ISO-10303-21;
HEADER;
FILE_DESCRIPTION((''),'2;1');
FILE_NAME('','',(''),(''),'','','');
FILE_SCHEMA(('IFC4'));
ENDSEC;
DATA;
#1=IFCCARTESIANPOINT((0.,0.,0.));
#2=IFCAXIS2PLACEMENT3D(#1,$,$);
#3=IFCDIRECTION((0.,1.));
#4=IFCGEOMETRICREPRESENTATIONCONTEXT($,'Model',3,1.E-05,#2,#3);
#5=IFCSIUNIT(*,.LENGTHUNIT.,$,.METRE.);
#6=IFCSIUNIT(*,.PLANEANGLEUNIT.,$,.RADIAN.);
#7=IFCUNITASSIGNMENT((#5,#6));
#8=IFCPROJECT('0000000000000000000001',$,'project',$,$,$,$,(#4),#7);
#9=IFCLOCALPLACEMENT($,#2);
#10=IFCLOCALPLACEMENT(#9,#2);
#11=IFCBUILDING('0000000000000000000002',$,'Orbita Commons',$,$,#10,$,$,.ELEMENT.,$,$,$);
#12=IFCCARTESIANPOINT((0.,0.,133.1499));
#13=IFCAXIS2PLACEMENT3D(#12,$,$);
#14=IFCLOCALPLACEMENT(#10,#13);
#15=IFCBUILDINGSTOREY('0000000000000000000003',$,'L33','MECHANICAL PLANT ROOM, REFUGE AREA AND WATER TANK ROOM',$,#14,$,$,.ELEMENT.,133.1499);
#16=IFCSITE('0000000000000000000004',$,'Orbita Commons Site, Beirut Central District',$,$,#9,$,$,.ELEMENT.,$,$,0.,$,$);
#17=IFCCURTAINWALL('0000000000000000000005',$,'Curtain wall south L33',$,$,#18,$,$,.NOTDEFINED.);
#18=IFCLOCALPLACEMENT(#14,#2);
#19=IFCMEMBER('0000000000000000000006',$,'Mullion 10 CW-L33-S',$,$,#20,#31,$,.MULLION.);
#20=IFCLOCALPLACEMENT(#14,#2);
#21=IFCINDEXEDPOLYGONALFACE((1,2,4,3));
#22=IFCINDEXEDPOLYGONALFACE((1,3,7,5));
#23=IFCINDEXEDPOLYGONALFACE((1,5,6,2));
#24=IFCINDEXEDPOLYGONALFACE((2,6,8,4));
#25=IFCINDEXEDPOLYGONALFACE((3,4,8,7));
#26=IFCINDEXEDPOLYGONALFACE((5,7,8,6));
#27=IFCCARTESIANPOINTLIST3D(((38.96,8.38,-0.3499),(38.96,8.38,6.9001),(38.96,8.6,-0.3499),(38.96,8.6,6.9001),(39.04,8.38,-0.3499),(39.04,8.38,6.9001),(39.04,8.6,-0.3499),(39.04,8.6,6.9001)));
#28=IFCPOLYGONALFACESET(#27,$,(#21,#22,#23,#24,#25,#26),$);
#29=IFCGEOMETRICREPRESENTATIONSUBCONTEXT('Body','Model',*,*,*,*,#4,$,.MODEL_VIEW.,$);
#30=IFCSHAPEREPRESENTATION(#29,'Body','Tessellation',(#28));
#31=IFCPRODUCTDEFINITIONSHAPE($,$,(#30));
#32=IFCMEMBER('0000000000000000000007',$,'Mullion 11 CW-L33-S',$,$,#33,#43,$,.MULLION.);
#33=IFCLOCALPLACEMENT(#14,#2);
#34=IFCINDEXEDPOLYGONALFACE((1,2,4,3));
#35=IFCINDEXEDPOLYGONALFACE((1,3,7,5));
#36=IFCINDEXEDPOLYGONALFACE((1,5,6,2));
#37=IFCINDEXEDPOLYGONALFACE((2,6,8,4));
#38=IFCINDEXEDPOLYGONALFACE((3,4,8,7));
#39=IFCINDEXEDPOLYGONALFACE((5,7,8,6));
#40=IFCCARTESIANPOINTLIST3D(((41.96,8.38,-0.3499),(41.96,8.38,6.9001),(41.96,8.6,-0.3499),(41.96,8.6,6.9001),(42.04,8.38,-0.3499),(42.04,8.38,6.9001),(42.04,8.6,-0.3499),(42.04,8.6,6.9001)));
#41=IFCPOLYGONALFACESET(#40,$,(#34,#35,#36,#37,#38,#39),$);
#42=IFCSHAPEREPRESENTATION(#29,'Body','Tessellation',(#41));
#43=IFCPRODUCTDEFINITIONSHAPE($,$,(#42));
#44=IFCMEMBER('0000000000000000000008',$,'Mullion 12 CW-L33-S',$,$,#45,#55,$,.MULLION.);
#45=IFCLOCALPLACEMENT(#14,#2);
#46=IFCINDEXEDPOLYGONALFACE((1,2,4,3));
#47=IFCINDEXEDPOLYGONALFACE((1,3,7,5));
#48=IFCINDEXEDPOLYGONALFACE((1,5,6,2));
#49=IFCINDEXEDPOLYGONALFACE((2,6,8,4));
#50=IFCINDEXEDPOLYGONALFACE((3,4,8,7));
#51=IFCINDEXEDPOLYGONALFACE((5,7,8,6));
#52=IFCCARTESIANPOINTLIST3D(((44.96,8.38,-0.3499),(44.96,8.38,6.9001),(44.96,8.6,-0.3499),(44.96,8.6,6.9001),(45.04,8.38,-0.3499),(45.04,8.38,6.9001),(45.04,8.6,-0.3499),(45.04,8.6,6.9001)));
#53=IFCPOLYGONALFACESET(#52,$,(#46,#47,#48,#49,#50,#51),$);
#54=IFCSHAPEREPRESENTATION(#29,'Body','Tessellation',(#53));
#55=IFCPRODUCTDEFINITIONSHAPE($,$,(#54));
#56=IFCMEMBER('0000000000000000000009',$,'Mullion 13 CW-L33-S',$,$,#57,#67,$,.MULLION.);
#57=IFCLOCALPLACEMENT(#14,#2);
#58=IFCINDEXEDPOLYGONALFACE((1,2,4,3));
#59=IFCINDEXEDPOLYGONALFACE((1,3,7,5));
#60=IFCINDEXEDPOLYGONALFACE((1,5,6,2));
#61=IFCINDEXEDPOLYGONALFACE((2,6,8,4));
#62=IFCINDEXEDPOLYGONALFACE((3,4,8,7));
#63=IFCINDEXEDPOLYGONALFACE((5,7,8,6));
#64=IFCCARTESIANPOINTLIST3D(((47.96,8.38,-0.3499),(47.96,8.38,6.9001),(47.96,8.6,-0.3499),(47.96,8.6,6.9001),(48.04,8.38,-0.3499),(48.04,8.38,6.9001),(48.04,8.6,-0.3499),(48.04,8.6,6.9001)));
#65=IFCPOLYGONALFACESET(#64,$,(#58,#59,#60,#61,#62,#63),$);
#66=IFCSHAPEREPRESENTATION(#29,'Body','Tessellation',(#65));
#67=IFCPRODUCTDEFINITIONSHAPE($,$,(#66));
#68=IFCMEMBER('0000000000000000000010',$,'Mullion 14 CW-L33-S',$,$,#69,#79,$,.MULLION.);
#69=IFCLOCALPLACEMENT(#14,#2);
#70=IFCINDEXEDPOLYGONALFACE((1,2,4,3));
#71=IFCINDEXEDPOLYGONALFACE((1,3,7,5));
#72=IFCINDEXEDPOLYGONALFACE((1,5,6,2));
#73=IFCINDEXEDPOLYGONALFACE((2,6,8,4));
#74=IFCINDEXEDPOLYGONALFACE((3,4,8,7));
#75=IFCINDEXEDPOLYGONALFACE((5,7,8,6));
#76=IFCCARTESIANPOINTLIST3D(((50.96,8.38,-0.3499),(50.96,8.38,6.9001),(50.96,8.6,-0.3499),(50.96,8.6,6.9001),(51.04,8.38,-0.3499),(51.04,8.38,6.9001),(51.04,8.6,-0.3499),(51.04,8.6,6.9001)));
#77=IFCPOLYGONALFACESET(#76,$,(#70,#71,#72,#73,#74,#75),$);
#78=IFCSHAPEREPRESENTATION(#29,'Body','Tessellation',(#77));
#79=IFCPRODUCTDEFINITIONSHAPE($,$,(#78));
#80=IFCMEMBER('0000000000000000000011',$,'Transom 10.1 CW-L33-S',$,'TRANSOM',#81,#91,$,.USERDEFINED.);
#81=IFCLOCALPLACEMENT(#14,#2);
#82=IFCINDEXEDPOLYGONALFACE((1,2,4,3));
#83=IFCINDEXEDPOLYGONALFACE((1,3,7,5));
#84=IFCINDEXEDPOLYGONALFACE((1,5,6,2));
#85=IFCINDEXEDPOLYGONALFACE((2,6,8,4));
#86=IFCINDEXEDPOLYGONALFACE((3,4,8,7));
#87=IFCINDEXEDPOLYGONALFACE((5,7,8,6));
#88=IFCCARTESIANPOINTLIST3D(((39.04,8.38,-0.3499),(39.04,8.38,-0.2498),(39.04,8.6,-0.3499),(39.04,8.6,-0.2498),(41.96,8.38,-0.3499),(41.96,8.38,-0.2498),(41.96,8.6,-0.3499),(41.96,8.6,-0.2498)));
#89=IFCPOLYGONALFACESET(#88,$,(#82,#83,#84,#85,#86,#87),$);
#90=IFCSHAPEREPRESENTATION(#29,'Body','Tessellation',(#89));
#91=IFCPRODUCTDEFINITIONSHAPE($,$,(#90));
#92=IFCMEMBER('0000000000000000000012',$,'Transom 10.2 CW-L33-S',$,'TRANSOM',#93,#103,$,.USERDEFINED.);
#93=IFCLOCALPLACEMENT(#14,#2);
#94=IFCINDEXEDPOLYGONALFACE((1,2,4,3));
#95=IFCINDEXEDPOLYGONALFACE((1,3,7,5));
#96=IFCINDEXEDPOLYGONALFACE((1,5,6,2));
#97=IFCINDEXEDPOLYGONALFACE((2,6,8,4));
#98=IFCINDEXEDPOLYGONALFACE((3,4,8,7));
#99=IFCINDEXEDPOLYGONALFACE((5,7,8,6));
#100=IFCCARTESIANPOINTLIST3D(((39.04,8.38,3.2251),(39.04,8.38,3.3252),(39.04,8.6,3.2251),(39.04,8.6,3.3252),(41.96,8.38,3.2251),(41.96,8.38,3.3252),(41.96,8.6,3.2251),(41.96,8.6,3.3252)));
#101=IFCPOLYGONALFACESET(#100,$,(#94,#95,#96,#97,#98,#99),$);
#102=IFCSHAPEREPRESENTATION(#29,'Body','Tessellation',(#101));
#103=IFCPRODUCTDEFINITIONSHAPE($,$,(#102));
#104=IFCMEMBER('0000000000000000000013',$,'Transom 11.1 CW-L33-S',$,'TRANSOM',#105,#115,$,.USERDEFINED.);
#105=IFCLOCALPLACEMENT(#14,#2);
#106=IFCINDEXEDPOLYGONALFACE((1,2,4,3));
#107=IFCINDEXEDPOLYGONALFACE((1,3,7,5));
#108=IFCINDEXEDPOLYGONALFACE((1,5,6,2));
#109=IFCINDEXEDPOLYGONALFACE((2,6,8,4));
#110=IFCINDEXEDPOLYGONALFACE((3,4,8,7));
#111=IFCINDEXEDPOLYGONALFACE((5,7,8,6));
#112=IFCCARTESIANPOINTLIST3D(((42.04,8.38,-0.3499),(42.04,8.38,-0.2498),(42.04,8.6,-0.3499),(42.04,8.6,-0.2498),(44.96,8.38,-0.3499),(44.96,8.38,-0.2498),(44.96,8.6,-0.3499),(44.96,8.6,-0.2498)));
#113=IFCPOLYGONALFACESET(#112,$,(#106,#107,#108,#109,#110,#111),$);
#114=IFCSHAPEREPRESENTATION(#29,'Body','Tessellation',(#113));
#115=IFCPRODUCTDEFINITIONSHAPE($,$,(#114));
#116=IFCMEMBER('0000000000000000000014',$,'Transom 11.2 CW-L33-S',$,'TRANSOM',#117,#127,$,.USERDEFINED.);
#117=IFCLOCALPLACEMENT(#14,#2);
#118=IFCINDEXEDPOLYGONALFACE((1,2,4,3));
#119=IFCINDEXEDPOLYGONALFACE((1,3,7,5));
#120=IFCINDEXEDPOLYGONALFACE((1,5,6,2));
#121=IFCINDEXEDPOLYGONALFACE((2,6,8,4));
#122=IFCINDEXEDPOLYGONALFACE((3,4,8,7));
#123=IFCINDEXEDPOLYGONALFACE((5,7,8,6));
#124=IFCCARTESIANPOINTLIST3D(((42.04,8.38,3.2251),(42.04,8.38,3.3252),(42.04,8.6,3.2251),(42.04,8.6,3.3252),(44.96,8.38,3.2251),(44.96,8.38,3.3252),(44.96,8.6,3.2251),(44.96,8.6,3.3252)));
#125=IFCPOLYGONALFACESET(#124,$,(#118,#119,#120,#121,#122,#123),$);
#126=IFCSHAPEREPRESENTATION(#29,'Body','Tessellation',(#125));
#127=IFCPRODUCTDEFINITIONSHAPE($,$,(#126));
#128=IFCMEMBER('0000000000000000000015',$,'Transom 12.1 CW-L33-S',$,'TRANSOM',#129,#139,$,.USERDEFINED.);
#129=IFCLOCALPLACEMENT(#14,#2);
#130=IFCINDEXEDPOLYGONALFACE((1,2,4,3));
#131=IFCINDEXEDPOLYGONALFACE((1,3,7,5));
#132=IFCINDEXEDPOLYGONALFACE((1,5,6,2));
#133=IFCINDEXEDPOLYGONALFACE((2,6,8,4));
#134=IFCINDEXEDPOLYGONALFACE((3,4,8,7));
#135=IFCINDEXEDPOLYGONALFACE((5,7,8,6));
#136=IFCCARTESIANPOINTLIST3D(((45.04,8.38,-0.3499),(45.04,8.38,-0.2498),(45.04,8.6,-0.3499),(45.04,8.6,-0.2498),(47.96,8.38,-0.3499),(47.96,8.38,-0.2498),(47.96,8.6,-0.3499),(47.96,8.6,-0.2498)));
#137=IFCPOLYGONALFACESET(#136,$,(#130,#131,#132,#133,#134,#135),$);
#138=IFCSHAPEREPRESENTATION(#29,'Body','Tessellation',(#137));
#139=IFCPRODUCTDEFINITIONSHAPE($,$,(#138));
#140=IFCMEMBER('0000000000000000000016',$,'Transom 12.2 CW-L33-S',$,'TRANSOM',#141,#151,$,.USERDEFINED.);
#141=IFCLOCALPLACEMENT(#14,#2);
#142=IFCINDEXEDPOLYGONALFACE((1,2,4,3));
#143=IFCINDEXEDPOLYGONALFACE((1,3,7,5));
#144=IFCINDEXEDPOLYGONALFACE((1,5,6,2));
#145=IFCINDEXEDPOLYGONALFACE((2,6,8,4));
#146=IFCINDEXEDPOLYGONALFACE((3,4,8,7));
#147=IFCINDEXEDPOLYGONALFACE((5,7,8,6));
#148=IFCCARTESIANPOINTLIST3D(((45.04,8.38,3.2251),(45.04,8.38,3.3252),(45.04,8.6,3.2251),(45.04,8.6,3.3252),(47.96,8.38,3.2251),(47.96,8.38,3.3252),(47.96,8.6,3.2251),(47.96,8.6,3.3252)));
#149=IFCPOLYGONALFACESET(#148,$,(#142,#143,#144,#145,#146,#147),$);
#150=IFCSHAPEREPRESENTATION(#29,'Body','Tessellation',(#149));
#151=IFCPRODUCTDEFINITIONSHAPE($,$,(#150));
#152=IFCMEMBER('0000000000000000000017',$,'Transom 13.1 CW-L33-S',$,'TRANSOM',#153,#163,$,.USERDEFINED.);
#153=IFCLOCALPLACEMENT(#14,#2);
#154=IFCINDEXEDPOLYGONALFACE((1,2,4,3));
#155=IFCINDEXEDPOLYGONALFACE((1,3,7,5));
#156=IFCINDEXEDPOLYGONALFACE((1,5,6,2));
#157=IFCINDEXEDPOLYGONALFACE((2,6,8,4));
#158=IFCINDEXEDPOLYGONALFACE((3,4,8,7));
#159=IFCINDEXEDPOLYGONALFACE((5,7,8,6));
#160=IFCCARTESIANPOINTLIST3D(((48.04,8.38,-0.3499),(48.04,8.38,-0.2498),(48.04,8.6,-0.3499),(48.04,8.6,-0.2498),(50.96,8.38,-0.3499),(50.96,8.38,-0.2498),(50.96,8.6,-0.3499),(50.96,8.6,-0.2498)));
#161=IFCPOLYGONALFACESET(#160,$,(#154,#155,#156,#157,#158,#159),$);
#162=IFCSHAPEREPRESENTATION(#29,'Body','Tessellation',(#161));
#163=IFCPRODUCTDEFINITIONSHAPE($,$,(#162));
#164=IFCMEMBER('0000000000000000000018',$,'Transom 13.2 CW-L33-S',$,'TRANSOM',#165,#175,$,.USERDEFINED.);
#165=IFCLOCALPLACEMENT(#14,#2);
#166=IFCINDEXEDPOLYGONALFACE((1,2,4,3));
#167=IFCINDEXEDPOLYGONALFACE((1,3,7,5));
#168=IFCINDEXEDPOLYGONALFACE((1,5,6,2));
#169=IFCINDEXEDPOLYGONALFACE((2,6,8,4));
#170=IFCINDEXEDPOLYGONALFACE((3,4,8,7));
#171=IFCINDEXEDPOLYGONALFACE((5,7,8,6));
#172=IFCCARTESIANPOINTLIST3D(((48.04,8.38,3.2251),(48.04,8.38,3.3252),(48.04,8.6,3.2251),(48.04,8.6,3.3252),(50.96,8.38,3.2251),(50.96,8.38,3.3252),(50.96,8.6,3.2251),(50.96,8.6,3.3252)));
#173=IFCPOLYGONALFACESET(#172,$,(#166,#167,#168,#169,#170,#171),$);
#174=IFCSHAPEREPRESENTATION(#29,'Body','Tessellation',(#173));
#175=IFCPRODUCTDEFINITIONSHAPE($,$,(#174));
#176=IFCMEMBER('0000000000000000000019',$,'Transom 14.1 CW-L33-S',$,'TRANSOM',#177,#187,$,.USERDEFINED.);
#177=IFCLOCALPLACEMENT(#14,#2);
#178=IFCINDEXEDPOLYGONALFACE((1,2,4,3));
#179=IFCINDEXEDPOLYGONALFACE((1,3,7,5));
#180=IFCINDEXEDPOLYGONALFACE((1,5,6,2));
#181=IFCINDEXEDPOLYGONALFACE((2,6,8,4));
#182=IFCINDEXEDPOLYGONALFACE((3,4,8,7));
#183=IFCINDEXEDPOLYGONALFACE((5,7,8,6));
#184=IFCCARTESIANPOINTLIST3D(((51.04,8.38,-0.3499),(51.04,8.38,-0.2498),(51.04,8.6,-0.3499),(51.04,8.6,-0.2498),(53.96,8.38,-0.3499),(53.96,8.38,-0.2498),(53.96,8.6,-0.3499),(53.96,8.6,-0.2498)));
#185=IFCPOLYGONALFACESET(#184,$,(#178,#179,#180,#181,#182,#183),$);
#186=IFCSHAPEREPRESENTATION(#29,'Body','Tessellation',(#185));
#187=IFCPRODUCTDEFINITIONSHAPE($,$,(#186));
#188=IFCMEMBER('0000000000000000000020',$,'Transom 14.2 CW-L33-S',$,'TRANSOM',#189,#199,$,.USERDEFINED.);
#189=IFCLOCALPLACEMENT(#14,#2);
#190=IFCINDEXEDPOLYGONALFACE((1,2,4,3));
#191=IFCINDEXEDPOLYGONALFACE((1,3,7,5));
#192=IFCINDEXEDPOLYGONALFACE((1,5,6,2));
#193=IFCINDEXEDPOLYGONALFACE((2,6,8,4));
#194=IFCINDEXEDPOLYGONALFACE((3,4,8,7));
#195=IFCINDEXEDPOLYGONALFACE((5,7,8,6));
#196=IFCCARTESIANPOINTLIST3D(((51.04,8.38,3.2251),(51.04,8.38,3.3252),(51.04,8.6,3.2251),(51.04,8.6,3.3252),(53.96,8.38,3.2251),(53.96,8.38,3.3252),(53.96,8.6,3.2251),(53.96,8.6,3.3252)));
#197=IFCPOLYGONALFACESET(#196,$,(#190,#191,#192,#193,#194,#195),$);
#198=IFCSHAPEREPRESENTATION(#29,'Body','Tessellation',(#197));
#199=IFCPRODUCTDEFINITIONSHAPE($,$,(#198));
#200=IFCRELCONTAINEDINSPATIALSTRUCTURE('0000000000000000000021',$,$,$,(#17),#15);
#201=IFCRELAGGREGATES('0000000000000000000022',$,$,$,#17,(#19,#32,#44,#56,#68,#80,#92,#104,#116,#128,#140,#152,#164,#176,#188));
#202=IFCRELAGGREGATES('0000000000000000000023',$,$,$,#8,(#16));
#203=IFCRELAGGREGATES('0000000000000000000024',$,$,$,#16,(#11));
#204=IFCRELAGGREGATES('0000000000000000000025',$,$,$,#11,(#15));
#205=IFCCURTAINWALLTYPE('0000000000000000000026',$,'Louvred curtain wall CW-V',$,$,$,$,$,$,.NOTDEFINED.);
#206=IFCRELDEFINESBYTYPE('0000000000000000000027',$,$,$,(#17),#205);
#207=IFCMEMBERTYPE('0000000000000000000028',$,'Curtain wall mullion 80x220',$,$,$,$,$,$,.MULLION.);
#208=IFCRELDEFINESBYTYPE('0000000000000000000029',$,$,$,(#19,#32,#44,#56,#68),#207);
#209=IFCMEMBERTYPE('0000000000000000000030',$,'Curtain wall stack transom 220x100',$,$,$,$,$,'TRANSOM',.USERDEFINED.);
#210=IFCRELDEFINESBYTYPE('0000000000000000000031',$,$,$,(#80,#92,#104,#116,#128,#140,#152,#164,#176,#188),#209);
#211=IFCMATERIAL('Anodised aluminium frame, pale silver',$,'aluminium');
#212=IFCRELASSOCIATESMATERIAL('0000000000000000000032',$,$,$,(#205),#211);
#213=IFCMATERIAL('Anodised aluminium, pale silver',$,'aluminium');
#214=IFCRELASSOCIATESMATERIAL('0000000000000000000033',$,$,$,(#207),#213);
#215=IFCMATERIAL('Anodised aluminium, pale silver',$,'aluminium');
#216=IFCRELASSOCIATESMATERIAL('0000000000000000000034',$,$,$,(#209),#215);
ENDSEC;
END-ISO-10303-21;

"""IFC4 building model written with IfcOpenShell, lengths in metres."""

from ifc_helpers import new_model, si_unit, direction, frame, origin, origin_2d, place, context, subcontext, project, spatial, rectangle, extrude, material, material_profile, profile_set, type_object, element, aggregate, save


model = new_model("IFC4")

# Units and contexts
model_context = context("Model", 3, precision=1e-05, world=origin(), true_north=direction((0.0, 1.0)))
body_context = subcontext(model_context, "Body", "Model", "MODEL_VIEW")
ifc_project = project(units=[si_unit("LENGTHUNIT", "METRE"), si_unit("PLANEANGLEUNIT", "RADIAN")], contexts=[model_context])

# Site, building, storey
site_placement = place(None, origin())
site = spatial("IfcSite", under=ifc_project, at=site_placement, Name="Orbita Commons Site, Beirut Central District", CompositionType="ELEMENT", RefElevation=0.0)
building_placement = place(site_placement, origin())
building = spatial("IfcBuilding", under=site, at=building_placement, Name="Orbita Commons", CompositionType="ELEMENT")
storey_placement = place(building_placement, frame((0.0, 0.0, 133.1499)))
storey = spatial("IfcBuildingStorey", under=building, at=storey_placement, Name="L33", Description="MECHANICAL PLANT ROOM, REFUGE AREA AND WATER TANK ROOM", CompositionType="ELEMENT", Elevation=133.1499)

# Curtain wall, members
ifc_material_1 = material(Name="Anodised aluminium frame, pale silver", Category="aluminium")
curtain_wall_type = type_object("IfcCurtainWallType", Name="Louvred curtain wall CW-V", PredefinedType="NOTDEFINED", material=ifc_material_1)
curtain_wall_placement = place(storey_placement, origin())
curtain_wall = element("IfcCurtainWall", 1, at=curtain_wall_placement, inside=storey, type_object=curtain_wall_type, Name="Curtain wall south L33", PredefinedType="NOTDEFINED")
ifc_material_2 = material(Name="Anodised aluminium, pale silver", Category="aluminium")
ifc_material_profile_1 = material_profile(ifc_material_2, rectangle(XDim=0.0801, YDim=0.22, at=origin_2d()), Name="AL 80x220")
ifc_profile_set_1 = profile_set([ifc_material_profile_1], Name="Anodised aluminium, pale silver")
member_type_1 = type_object("IfcMemberType", Name="Curtain wall mullion 80x220", PredefinedType="MULLION", material=ifc_profile_set_1)
member_1_placement = place(storey_placement, frame((39.0, 8.49, -0.3499), z_axis=(0.0, 0.0, 1.0), x_axis=(1.0, 0.0, 0.0)))
member_1 = element("IfcMember", 2, at=member_1_placement, type_object=member_type_1, Name="Mullion 10 CW-L33-S", PredefinedType="MULLION", context=body_context, shape_type="SweptSolid", body=[
    extrude(rectangle(XDim=0.0801, YDim=0.22, at=origin_2d()), origin(), (0.0, 0.0, 1.0), 7.25),
])
member_2_placement = place(storey_placement, frame((42.0, 8.49, -0.3499), z_axis=(0.0, 0.0, 1.0), x_axis=(1.0, 0.0, 0.0)))
member_2 = element("IfcMember", 3, at=member_2_placement, type_object=member_type_1, Name="Mullion 11 CW-L33-S", PredefinedType="MULLION", context=body_context, shape_type="SweptSolid", body=[
    extrude(rectangle(XDim=0.0801, YDim=0.22, at=origin_2d()), origin(), (0.0, 0.0, 1.0), 7.25),
])
member_3_placement = place(storey_placement, frame((45.0, 8.49, -0.3499), z_axis=(0.0, 0.0, 1.0), x_axis=(1.0, 0.0, 0.0)))
member_3 = element("IfcMember", 4, at=member_3_placement, type_object=member_type_1, Name="Mullion 12 CW-L33-S", PredefinedType="MULLION", context=body_context, shape_type="SweptSolid", body=[
    extrude(rectangle(XDim=0.0801, YDim=0.22, at=origin_2d()), origin(), (0.0, 0.0, 1.0), 7.25),
])
member_4_placement = place(storey_placement, frame((48.0, 8.49, -0.3499), z_axis=(0.0, 0.0, 1.0), x_axis=(1.0, 0.0, 0.0)))
member_4 = element("IfcMember", 5, at=member_4_placement, type_object=member_type_1, Name="Mullion 13 CW-L33-S", PredefinedType="MULLION", context=body_context, shape_type="SweptSolid", body=[
    extrude(rectangle(XDim=0.0801, YDim=0.22, at=origin_2d()), origin(), (0.0, 0.0, 1.0), 7.25),
])
member_5_placement = place(storey_placement, frame((51.0, 8.49, -0.3499), z_axis=(0.0, 0.0, 1.0), x_axis=(1.0, 0.0, 0.0)))
member_5 = element("IfcMember", 6, at=member_5_placement, type_object=member_type_1, Name="Mullion 14 CW-L33-S", PredefinedType="MULLION", context=body_context, shape_type="SweptSolid", body=[
    extrude(rectangle(XDim=0.0801, YDim=0.22, at=origin_2d()), origin(), (0.0, 0.0, 1.0), 7.25),
])
ifc_material_3 = material(Name="Anodised aluminium, pale silver", Category="aluminium")
ifc_material_profile_2 = material_profile(ifc_material_3, rectangle(XDim=0.22, YDim=0.1001, at=origin_2d()), Name="AL 220x100")
ifc_profile_set_2 = profile_set([ifc_material_profile_2], Name="Anodised aluminium, pale silver")
member_type_2 = type_object("IfcMemberType", Name="Curtain wall stack transom 220x100", ElementType="TRANSOM", PredefinedType="USERDEFINED", material=ifc_profile_set_2)
member_6_placement = place(storey_placement, frame((39.04, 8.49, -0.2998), z_axis=(1.0, 0.0, 0.0), x_axis=(0.0, 1.0, 0.0)))
member_6 = element("IfcMember", 7, at=member_6_placement, type_object=member_type_2, Name="Transom 10.1 CW-L33-S", ObjectType="TRANSOM", PredefinedType="USERDEFINED", context=body_context, shape_type="SweptSolid", body=[
    extrude(rectangle(XDim=0.22, YDim=0.1001, at=origin_2d()), origin(), (0.0, 0.0, 1.0), 2.9199),
])
member_7_placement = place(storey_placement, frame((39.04, 8.49, 3.2751), z_axis=(1.0, 0.0, 0.0), x_axis=(0.0, 1.0, 0.0)))
member_7 = element("IfcMember", 8, at=member_7_placement, type_object=member_type_2, Name="Transom 10.2 CW-L33-S", ObjectType="TRANSOM", PredefinedType="USERDEFINED", context=body_context, shape_type="SweptSolid", body=[
    extrude(rectangle(XDim=0.22, YDim=0.1001, at=origin_2d()), origin(), (0.0, 0.0, 1.0), 2.9199),
])
member_8_placement = place(storey_placement, frame((42.04, 8.49, -0.2998), z_axis=(1.0, 0.0, 0.0), x_axis=(0.0, 1.0, 0.0)))
member_8 = element("IfcMember", 9, at=member_8_placement, type_object=member_type_2, Name="Transom 11.1 CW-L33-S", ObjectType="TRANSOM", PredefinedType="USERDEFINED", context=body_context, shape_type="SweptSolid", body=[
    extrude(rectangle(XDim=0.22, YDim=0.1001, at=origin_2d()), origin(), (0.0, 0.0, 1.0), 2.9199),
])
member_9_placement = place(storey_placement, frame((42.04, 8.49, 3.2751), z_axis=(1.0, 0.0, 0.0), x_axis=(0.0, 1.0, 0.0)))
member_9 = element("IfcMember", 10, at=member_9_placement, type_object=member_type_2, Name="Transom 11.2 CW-L33-S", ObjectType="TRANSOM", PredefinedType="USERDEFINED", context=body_context, shape_type="SweptSolid", body=[
    extrude(rectangle(XDim=0.22, YDim=0.1001, at=origin_2d()), origin(), (0.0, 0.0, 1.0), 2.9199),
])
member_10_placement = place(storey_placement, frame((45.04, 8.49, -0.2998), z_axis=(1.0, 0.0, 0.0), x_axis=(0.0, 1.0, 0.0)))
member_10 = element("IfcMember", 11, at=member_10_placement, type_object=member_type_2, Name="Transom 12.1 CW-L33-S", ObjectType="TRANSOM", PredefinedType="USERDEFINED", context=body_context, shape_type="SweptSolid", body=[
    extrude(rectangle(XDim=0.22, YDim=0.1001, at=origin_2d()), origin(), (0.0, 0.0, 1.0), 2.9199),
])
member_11_placement = place(storey_placement, frame((45.04, 8.49, 3.2751), z_axis=(1.0, 0.0, 0.0), x_axis=(0.0, 1.0, 0.0)))
member_11 = element("IfcMember", 12, at=member_11_placement, type_object=member_type_2, Name="Transom 12.2 CW-L33-S", ObjectType="TRANSOM", PredefinedType="USERDEFINED", context=body_context, shape_type="SweptSolid", body=[
    extrude(rectangle(XDim=0.22, YDim=0.1001, at=origin_2d()), origin(), (0.0, 0.0, 1.0), 2.9199),
])
member_12_placement = place(storey_placement, frame((48.04, 8.49, -0.2998), z_axis=(1.0, 0.0, 0.0), x_axis=(0.0, 1.0, 0.0)))
member_12 = element("IfcMember", 13, at=member_12_placement, type_object=member_type_2, Name="Transom 13.1 CW-L33-S", ObjectType="TRANSOM", PredefinedType="USERDEFINED", context=body_context, shape_type="SweptSolid", body=[
    extrude(rectangle(XDim=0.22, YDim=0.1001, at=origin_2d()), origin(), (0.0, 0.0, 1.0), 2.9199),
])
member_13_placement = place(storey_placement, frame((48.04, 8.49, 3.2751), z_axis=(1.0, 0.0, 0.0), x_axis=(0.0, 1.0, 0.0)))
member_13 = element("IfcMember", 14, at=member_13_placement, type_object=member_type_2, Name="Transom 13.2 CW-L33-S", ObjectType="TRANSOM", PredefinedType="USERDEFINED", context=body_context, shape_type="SweptSolid", body=[
    extrude(rectangle(XDim=0.22, YDim=0.1001, at=origin_2d()), origin(), (0.0, 0.0, 1.0), 2.9199),
])
member_14_placement = place(storey_placement, frame((51.04, 8.49, -0.2998), z_axis=(1.0, 0.0, 0.0), x_axis=(0.0, 1.0, 0.0)))
member_14 = element("IfcMember", 15, at=member_14_placement, type_object=member_type_2, Name="Transom 14.1 CW-L33-S", ObjectType="TRANSOM", PredefinedType="USERDEFINED", context=body_context, shape_type="SweptSolid", body=[
    extrude(rectangle(XDim=0.22, YDim=0.1001, at=origin_2d()), origin(), (0.0, 0.0, 1.0), 2.9199),
])
member_15_placement = place(storey_placement, frame((51.04, 8.49, 3.2751), z_axis=(1.0, 0.0, 0.0), x_axis=(0.0, 1.0, 0.0)))
member_15 = element("IfcMember", 16, at=member_15_placement, type_object=member_type_2, Name="Transom 14.2 CW-L33-S", ObjectType="TRANSOM", PredefinedType="USERDEFINED", context=body_context, shape_type="SweptSolid", body=[
    extrude(rectangle(XDim=0.22, YDim=0.1001, at=origin_2d()), origin(), (0.0, 0.0, 1.0), 2.9199),
])
aggregate(curtain_wall, [member_1, member_2, member_3, member_4, member_5, member_6, member_7, member_8, member_9, member_10, member_11, member_12, member_13, member_14, member_15])

save(model, "model.ifc")
